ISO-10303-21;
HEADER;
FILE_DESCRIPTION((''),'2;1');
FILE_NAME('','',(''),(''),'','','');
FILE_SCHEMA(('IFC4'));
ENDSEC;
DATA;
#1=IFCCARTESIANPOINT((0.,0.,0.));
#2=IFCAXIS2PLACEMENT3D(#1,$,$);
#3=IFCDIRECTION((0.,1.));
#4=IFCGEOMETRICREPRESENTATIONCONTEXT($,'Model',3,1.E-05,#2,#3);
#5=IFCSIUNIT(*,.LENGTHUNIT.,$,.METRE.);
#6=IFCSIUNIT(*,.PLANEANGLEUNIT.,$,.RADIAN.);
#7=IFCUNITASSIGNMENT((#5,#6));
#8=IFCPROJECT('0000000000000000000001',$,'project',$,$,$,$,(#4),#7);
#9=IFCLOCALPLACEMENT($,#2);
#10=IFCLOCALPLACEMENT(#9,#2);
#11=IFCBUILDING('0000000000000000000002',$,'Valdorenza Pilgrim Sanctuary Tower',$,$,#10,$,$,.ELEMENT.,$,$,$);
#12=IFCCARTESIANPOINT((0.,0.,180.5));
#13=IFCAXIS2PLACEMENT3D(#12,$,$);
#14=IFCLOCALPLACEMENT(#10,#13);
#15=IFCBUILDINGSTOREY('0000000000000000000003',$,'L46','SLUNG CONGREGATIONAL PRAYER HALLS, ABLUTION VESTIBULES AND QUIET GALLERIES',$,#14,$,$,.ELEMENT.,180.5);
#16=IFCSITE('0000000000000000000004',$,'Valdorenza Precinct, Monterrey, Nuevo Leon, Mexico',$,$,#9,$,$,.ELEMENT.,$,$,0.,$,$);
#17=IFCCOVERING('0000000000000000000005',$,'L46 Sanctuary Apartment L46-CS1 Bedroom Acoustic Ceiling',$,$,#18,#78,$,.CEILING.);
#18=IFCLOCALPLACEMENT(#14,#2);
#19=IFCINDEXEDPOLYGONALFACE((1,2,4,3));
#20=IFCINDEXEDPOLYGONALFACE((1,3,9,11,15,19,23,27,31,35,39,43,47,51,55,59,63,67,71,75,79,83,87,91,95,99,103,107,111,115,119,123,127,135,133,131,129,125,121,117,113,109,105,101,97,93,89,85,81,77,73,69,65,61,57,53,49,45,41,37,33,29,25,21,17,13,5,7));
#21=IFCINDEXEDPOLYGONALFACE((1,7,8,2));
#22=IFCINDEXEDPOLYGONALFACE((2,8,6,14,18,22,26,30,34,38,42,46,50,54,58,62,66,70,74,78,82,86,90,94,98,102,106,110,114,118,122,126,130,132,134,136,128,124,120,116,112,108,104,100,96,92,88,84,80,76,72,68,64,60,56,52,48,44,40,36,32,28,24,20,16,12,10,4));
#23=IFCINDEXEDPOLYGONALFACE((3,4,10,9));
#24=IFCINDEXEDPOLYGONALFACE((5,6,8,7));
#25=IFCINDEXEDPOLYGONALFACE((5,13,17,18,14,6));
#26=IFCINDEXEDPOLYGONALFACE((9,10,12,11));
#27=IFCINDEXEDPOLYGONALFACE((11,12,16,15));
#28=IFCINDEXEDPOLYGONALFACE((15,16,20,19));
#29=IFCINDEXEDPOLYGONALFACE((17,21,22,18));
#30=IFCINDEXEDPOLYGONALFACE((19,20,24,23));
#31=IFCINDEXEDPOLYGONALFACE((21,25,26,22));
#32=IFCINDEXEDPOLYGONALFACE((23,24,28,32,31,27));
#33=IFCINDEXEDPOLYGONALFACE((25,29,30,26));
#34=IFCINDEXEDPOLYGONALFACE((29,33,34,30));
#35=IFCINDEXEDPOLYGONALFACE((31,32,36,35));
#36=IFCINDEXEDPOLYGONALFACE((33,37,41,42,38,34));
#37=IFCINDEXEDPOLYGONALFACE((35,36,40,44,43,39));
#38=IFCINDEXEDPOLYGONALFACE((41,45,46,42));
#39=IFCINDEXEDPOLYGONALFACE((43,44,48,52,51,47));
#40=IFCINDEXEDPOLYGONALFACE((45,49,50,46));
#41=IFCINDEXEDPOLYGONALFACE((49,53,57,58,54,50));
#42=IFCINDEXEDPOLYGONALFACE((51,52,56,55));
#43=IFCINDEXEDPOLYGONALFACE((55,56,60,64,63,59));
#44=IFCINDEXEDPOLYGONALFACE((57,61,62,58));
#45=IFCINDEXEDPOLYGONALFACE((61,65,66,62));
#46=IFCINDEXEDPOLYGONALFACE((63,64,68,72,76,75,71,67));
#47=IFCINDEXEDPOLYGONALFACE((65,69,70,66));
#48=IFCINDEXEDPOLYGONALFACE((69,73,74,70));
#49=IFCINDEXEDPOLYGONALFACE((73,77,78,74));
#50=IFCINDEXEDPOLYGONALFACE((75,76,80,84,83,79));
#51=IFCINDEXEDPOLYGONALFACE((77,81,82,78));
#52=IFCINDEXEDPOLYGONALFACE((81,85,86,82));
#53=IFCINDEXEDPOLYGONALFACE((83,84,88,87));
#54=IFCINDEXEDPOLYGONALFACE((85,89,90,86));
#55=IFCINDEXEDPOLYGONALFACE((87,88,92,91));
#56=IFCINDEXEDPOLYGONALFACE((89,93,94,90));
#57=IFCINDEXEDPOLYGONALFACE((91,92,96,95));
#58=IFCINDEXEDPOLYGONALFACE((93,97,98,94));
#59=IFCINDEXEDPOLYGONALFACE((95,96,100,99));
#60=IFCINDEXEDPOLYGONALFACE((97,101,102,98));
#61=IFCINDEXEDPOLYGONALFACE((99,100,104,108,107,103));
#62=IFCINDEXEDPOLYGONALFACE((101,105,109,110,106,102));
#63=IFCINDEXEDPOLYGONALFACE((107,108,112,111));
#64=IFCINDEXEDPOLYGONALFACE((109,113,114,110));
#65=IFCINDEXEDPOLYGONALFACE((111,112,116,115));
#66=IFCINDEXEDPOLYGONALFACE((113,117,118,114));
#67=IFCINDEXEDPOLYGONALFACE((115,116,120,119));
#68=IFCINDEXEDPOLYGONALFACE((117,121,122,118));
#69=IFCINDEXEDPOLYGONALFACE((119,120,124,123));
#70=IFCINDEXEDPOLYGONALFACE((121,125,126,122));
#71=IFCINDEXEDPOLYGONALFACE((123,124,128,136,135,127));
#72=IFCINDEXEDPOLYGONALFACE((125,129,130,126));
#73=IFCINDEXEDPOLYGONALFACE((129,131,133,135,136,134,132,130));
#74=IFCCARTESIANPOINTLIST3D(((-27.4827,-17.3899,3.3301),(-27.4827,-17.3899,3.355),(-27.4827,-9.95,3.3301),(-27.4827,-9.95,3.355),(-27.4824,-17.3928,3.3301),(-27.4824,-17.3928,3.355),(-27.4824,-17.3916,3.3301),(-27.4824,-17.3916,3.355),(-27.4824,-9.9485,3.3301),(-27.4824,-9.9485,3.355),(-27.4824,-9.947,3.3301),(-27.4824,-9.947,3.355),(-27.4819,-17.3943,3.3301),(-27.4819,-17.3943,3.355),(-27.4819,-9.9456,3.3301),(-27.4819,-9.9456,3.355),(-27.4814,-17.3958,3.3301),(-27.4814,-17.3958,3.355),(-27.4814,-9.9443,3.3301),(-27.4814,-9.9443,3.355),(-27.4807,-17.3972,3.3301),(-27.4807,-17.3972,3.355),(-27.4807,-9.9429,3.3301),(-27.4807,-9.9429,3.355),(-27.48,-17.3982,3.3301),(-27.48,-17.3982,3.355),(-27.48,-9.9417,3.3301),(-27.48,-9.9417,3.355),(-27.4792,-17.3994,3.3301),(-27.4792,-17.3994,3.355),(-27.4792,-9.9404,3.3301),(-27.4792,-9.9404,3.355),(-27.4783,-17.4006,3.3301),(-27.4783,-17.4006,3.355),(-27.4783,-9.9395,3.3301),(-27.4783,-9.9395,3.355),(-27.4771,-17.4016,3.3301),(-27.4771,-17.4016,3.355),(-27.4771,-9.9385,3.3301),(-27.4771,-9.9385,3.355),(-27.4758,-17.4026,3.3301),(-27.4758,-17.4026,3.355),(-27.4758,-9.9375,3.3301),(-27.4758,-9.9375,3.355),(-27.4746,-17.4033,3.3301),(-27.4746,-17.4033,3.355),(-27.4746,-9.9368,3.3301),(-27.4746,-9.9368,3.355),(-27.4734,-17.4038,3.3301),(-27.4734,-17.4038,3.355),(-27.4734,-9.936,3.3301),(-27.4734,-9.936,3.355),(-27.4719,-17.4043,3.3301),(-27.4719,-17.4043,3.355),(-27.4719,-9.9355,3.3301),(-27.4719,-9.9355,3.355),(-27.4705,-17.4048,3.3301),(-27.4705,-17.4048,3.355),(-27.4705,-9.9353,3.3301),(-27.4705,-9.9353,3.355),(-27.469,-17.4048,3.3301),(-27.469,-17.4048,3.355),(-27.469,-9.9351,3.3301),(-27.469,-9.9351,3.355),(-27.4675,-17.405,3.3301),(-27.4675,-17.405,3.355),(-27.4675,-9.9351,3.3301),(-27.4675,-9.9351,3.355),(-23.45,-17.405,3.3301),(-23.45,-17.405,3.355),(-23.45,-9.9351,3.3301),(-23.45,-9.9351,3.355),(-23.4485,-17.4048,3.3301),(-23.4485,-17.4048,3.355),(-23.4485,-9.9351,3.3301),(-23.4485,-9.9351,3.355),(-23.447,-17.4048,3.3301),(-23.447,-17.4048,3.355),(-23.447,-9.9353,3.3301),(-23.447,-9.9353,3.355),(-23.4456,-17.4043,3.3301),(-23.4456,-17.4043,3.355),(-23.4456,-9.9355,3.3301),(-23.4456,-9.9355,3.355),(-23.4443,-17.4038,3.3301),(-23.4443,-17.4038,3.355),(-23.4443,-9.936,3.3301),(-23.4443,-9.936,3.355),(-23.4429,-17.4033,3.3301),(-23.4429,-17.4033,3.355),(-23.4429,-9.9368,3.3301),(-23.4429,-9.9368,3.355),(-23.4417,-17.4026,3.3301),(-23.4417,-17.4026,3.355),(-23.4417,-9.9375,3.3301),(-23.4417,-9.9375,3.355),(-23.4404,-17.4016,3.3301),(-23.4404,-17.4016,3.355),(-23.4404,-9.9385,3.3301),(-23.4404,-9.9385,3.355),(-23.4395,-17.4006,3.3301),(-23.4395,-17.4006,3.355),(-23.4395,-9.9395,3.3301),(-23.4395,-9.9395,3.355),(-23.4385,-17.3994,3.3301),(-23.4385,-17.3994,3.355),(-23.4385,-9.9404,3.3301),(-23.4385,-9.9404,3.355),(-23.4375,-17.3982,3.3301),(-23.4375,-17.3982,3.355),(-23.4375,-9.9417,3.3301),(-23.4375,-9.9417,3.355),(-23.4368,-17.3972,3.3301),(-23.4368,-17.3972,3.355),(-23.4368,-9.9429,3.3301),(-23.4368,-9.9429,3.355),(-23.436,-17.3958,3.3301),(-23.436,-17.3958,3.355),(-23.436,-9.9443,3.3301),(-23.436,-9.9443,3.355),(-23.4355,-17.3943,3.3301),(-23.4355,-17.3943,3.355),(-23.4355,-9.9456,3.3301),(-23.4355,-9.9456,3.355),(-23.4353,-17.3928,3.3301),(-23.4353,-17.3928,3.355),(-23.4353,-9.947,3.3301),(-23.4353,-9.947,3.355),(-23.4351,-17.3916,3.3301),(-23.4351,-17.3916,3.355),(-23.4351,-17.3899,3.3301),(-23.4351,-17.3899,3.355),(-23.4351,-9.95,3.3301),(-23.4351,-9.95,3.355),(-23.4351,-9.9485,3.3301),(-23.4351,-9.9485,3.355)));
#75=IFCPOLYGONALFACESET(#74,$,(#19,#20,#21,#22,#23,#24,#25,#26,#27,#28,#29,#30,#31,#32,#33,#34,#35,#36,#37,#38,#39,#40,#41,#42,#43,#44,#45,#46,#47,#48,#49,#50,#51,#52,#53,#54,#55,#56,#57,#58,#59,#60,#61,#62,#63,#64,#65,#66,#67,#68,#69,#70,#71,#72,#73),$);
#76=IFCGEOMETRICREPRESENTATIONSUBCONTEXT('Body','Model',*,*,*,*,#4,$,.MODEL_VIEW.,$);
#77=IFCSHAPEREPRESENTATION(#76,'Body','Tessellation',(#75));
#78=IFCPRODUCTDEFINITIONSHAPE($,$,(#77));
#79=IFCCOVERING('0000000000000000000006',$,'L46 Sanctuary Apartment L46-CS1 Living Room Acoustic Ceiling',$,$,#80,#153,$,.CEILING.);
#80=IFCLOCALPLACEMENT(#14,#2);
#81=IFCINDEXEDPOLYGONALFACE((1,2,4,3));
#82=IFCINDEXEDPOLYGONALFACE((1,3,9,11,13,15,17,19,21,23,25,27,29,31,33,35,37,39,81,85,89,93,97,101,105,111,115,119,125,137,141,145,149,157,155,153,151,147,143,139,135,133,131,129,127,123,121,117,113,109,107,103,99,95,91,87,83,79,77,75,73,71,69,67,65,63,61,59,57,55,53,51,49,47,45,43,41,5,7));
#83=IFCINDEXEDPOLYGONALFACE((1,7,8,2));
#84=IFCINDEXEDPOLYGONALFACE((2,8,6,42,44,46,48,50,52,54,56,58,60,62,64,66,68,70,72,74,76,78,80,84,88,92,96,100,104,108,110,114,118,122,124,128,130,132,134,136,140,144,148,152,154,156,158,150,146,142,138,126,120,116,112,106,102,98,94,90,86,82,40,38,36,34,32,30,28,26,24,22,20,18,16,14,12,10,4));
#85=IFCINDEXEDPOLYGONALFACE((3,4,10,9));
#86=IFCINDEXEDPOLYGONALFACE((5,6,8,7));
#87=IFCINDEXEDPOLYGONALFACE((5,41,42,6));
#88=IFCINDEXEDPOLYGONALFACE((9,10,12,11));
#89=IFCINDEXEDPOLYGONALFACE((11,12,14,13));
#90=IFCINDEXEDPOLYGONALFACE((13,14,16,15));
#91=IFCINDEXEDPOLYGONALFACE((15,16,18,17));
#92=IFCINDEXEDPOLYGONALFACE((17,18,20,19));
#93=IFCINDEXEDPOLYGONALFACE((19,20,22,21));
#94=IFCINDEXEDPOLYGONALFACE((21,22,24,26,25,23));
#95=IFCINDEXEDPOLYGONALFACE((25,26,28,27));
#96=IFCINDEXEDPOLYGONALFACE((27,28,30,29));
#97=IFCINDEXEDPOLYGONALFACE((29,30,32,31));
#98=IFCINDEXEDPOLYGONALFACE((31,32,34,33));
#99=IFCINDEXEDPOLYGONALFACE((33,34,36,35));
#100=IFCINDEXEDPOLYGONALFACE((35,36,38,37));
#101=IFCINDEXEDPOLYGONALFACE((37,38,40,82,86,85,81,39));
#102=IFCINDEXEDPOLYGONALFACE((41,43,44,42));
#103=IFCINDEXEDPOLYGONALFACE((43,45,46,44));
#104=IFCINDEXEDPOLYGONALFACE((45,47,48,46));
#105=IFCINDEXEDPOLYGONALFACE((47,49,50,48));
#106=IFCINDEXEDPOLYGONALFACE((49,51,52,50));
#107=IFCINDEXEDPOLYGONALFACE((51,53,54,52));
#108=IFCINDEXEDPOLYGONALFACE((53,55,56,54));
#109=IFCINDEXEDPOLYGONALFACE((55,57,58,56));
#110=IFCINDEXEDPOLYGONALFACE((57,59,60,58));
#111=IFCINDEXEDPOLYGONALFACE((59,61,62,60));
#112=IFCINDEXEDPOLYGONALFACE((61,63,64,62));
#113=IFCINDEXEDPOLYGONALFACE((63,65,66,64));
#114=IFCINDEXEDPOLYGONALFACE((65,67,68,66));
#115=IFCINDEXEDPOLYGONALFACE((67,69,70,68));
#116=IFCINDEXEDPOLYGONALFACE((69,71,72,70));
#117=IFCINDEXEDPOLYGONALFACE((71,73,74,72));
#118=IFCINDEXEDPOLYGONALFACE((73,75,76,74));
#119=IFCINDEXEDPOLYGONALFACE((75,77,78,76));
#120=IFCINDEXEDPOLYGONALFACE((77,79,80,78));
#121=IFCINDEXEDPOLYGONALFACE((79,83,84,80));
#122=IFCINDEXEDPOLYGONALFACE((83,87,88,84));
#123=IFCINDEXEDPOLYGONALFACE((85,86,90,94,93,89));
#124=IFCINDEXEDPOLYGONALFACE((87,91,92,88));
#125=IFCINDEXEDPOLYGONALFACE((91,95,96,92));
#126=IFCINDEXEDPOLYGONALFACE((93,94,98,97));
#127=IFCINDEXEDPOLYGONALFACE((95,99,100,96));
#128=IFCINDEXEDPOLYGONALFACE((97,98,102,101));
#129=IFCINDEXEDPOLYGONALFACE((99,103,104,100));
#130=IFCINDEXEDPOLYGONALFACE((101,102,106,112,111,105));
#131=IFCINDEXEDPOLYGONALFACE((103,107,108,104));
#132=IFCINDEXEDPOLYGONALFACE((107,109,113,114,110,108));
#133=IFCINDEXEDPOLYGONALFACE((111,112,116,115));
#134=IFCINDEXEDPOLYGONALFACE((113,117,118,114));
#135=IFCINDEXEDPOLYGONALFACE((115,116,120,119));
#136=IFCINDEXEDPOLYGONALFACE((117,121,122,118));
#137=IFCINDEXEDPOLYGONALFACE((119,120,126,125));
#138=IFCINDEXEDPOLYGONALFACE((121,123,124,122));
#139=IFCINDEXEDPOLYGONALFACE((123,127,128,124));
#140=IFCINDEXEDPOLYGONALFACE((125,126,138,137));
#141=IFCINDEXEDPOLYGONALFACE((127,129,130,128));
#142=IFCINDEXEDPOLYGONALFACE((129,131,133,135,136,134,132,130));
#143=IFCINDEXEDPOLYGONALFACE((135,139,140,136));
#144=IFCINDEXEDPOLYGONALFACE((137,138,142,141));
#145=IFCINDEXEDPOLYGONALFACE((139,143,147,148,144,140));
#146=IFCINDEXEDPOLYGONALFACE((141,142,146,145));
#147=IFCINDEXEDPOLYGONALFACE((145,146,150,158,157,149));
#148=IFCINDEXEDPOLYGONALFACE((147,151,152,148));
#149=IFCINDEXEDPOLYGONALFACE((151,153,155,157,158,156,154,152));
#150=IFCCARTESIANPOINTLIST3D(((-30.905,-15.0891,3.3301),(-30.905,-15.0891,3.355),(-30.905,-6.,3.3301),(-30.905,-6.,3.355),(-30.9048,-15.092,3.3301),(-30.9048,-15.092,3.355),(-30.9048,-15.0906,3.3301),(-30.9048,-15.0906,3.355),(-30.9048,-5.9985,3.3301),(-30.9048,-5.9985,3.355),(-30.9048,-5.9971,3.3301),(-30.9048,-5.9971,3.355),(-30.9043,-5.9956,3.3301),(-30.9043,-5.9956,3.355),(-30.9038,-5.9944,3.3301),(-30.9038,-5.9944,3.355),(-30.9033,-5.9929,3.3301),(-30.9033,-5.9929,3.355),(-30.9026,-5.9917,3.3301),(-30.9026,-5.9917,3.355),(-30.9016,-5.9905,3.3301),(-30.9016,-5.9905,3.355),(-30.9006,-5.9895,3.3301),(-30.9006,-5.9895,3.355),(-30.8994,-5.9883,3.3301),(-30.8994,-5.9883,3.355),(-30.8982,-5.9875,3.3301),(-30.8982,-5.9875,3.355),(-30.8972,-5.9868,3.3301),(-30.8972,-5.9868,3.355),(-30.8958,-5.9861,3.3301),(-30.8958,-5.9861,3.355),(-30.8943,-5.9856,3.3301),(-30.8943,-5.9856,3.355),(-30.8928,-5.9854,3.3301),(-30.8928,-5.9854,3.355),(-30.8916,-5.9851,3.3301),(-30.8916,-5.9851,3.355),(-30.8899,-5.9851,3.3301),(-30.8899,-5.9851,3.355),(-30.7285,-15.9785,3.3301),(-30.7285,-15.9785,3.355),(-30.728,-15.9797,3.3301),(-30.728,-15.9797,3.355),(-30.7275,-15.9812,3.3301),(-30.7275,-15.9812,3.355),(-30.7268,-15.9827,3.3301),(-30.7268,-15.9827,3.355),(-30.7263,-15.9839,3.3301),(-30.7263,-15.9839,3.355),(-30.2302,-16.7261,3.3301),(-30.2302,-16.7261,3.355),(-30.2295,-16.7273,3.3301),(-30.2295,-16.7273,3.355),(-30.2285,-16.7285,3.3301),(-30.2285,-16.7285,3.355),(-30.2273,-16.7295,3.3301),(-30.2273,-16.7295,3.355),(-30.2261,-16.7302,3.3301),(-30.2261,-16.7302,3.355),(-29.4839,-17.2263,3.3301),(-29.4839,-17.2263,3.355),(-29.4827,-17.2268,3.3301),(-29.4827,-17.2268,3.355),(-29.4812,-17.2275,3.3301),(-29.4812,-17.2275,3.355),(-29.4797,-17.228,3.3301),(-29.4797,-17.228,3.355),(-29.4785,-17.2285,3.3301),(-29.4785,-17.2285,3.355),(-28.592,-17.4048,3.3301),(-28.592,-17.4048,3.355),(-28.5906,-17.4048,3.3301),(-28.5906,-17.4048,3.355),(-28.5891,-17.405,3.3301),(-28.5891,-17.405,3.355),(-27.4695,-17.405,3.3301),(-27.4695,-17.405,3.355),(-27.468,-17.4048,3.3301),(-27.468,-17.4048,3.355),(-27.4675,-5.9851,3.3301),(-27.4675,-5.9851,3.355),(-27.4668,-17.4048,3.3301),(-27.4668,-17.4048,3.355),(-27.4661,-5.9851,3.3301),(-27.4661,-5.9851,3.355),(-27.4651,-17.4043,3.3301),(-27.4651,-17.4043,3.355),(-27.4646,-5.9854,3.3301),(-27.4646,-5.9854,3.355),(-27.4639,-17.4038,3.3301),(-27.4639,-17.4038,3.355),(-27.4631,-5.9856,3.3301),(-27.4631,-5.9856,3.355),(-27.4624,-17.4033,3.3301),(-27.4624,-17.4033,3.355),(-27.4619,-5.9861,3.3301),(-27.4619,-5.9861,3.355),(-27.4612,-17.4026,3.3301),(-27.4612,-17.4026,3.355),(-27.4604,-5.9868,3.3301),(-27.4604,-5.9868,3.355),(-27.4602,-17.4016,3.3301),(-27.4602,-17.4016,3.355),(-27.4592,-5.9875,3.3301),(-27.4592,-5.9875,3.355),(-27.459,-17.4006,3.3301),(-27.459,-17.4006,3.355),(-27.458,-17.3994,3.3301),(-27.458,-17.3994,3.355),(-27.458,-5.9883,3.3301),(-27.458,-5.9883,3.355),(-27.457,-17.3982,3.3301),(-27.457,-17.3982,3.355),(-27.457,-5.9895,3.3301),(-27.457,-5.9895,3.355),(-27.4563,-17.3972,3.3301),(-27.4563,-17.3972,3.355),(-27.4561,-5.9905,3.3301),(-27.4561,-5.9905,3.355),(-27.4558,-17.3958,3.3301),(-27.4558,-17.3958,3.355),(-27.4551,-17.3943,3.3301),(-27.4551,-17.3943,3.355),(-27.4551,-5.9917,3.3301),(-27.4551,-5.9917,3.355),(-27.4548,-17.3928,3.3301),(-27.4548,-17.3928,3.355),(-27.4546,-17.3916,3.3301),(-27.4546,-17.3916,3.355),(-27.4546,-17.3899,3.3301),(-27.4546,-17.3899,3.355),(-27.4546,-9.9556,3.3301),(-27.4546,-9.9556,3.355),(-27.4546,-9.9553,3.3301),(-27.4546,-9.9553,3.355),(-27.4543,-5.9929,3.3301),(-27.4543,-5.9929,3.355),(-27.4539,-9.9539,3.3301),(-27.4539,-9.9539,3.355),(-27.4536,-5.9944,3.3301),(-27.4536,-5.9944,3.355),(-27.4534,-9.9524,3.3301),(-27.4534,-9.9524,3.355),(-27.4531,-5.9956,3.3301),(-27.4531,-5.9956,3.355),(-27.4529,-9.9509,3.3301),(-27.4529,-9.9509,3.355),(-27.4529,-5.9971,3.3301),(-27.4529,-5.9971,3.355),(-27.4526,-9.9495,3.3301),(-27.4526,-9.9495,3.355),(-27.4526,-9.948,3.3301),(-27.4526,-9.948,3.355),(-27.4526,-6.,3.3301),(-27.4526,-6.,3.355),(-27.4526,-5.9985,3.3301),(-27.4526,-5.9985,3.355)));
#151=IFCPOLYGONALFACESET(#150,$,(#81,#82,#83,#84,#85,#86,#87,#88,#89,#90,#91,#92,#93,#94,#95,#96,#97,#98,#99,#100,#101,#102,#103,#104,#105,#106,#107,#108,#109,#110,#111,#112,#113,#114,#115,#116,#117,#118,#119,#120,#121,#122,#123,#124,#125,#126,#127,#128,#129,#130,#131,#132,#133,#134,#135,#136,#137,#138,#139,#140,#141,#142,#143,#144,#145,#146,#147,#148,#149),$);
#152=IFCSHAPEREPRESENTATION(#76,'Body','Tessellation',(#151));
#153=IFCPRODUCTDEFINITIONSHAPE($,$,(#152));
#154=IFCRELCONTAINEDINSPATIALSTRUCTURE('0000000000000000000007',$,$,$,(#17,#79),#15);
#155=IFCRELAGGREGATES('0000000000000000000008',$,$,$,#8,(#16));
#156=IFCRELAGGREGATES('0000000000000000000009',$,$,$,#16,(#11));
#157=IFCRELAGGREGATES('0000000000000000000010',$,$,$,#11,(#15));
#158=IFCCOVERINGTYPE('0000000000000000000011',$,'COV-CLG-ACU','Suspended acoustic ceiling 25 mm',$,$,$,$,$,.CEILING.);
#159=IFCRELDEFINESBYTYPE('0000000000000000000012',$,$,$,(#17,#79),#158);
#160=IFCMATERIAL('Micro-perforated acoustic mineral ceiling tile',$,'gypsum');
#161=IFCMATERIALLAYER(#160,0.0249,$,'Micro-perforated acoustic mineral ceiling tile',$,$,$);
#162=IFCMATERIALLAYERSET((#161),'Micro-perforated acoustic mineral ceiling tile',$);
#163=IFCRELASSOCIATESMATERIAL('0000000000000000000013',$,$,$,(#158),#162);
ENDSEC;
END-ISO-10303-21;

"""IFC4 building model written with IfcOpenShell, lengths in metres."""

from ifc_helpers import new_model, si_unit, direction, frame, origin, place, context, subcontext, project, spatial, polyline, outline, extrude, material, layer, layer_set, type_object, element, save


model = new_model("IFC4")

# Units and contexts
model_context = context("Model", 3, precision=1e-05, world=origin(), true_north=direction((0.0, 1.0)))
body_context = subcontext(model_context, "Body", "Model", "MODEL_VIEW")
ifc_project = project(units=[si_unit("LENGTHUNIT", "METRE"), si_unit("PLANEANGLEUNIT", "RADIAN")], contexts=[model_context])

# Site, building, storey
site_placement = place(None, origin())
site = spatial("IfcSite", under=ifc_project, at=site_placement, Name="Valdorenza Precinct, Monterrey, Nuevo Leon, Mexico", CompositionType="ELEMENT", RefElevation=0.0)
building_placement = place(site_placement, origin())
building = spatial("IfcBuilding", under=site, at=building_placement, Name="Valdorenza Pilgrim Sanctuary Tower", CompositionType="ELEMENT")
storey_placement = place(building_placement, frame((0.0, 0.0, 180.5)))
storey = spatial("IfcBuildingStorey", under=building, at=storey_placement, Name="L46", Description="SLUNG CONGREGATIONAL PRAYER HALLS, ABLUTION VESTIBULES AND QUIET GALLERIES", CompositionType="ELEMENT", Elevation=180.5)

# Coverings
ifc_material_1 = material(Name="Micro-perforated acoustic mineral ceiling tile", Category="gypsum")
ifc_layer_1 = layer(ifc_material_1, 0.0249, Name="Micro-perforated acoustic mineral ceiling tile")
ifc_layer_set_1 = layer_set([ifc_layer_1], Name="Micro-perforated acoustic mineral ceiling tile")
covering_type_1 = type_object("IfcCoveringType", Name="COV-CLG-ACU", Description="Suspended acoustic ceiling 25 mm", PredefinedType="CEILING", material=ifc_layer_set_1)
covering_1_placement = place(storey_placement, frame((0.0, 0.0, 3.3301)))
element("IfcCovering", 1, at=covering_1_placement, inside=storey, type_object=covering_type_1, Name="L46 Sanctuary Apartment L46-CS1 Bedroom Acoustic Ceiling", PredefinedType="CEILING", context=body_context, shape_type="SweptSolid", body=[
    extrude(outline(polyline([(-27.4827, -9.95), (-27.4824, -9.9485), (-27.4824, -9.947), (-27.4819, -9.9456), (-27.4814, -9.9443), (-27.4807, -9.9429), (-27.48, -9.9417), (-27.4792, -9.9404), (-27.4783, -9.9395), (-27.4771, -9.9385), (-27.4758, -9.9375), (-27.4746, -9.9368), (-27.4734, -9.936), (-27.4719, -9.9355), (-27.4705, -9.9353), (-27.469, -9.9351), (-27.4675, -9.9351), (-23.45, -9.9351), (-23.4485, -9.9351), (-23.447, -9.9353), (-23.4456, -9.9355), (-23.4443, -9.936), (-23.4429, -9.9368), (-23.4417, -9.9375), (-23.4404, -9.9385), (-23.4395, -9.9395), (-23.4385, -9.9404), (-23.4375, -9.9417), (-23.4368, -9.9429), (-23.436, -9.9443), (-23.4355, -9.9456), (-23.4353, -9.947), (-23.4351, -9.9485), (-23.4351, -9.95), (-23.4351, -17.3899), (-23.4351, -17.3916), (-23.4353, -17.3928), (-23.4355, -17.3943), (-23.436, -17.3958), (-23.4368, -17.3972), (-23.4375, -17.3982), (-23.4385, -17.3994), (-23.4395, -17.4006), (-23.4404, -17.4016), (-23.4417, -17.4026), (-23.4429, -17.4033), (-23.4443, -17.4038), (-23.4456, -17.4043), (-23.447, -17.4048), (-23.4485, -17.4048), (-23.45, -17.405), (-27.4675, -17.405), (-27.469, -17.4048), (-27.4705, -17.4048), (-27.4719, -17.4043), (-27.4734, -17.4038), (-27.4746, -17.4033), (-27.4758, -17.4026), (-27.4771, -17.4016), (-27.4783, -17.4006), (-27.4792, -17.3994), (-27.48, -17.3982), (-27.4807, -17.3972), (-27.4814, -17.3958), (-27.4819, -17.3943), (-27.4824, -17.3928), (-27.4824, -17.3916), (-27.4827, -17.3899), (-27.4827, -9.95)])), origin(), (0.0, 0.0, 1.0), 0.0249),
])
covering_2_placement = place(storey_placement, frame((0.0, 0.0, 3.3301)))
element("IfcCovering", 2, at=covering_2_placement, inside=storey, type_object=covering_type_1, Name="L46 Sanctuary Apartment L46-CS1 Living Room Acoustic Ceiling", PredefinedType="CEILING", context=body_context, shape_type="SweptSolid", body=[
    extrude(outline(polyline([(-29.4785, -17.2285), (-29.4797, -17.228), (-29.4812, -17.2275), (-29.4827, -17.2268), (-29.4839, -17.2263), (-30.2261, -16.7302), (-30.2273, -16.7295), (-30.2285, -16.7285), (-30.2295, -16.7273), (-30.2302, -16.7261), (-30.7263, -15.9839), (-30.7268, -15.9827), (-30.7275, -15.9812), (-30.728, -15.9797), (-30.7285, -15.9785), (-30.9048, -15.092), (-30.9048, -15.0906), (-30.905, -15.0891), (-30.905, -6.0), (-30.9048, -5.9985), (-30.9048, -5.9971), (-30.9043, -5.9956), (-30.9038, -5.9944), (-30.9033, -5.9929), (-30.9026, -5.9917), (-30.9016, -5.9905), (-30.9006, -5.9895), (-30.8994, -5.9883), (-30.8982, -5.9875), (-30.8972, -5.9868), (-30.8958, -5.9861), (-30.8943, -5.9856), (-30.8928, -5.9854), (-30.8916, -5.9851), (-30.8899, -5.9851), (-27.4675, -5.9851), (-27.4661, -5.9851), (-27.4646, -5.9854), (-27.4631, -5.9856), (-27.4619, -5.9861), (-27.4604, -5.9868), (-27.4592, -5.9875), (-27.458, -5.9883), (-27.457, -5.9895), (-27.4561, -5.9905), (-27.4551, -5.9917), (-27.4543, -5.9929), (-27.4536, -5.9944), (-27.4531, -5.9956), (-27.4529, -5.9971), (-27.4526, -5.9985), (-27.4526, -6.0), (-27.4526, -9.948), (-27.4526, -9.9495), (-27.4529, -9.9509), (-27.4534, -9.9524), (-27.4539, -9.9539), (-27.4546, -9.9553), (-27.4546, -9.9556), (-27.4546, -17.3899), (-27.4546, -17.3916), (-27.4548, -17.3928), (-27.4551, -17.3943), (-27.4558, -17.3958), (-27.4563, -17.3972), (-27.457, -17.3982), (-27.458, -17.3994), (-27.459, -17.4006), (-27.4602, -17.4016), (-27.4612, -17.4026), (-27.4624, -17.4033), (-27.4639, -17.4038), (-27.4651, -17.4043), (-27.4668, -17.4048), (-27.468, -17.4048), (-27.4695, -17.405), (-28.5891, -17.405), (-28.5906, -17.4048), (-28.592, -17.4048), (-29.4785, -17.2285)])), origin(), (0.0, 0.0, 1.0), 0.0249),
])

save(model, "model.ifc")
